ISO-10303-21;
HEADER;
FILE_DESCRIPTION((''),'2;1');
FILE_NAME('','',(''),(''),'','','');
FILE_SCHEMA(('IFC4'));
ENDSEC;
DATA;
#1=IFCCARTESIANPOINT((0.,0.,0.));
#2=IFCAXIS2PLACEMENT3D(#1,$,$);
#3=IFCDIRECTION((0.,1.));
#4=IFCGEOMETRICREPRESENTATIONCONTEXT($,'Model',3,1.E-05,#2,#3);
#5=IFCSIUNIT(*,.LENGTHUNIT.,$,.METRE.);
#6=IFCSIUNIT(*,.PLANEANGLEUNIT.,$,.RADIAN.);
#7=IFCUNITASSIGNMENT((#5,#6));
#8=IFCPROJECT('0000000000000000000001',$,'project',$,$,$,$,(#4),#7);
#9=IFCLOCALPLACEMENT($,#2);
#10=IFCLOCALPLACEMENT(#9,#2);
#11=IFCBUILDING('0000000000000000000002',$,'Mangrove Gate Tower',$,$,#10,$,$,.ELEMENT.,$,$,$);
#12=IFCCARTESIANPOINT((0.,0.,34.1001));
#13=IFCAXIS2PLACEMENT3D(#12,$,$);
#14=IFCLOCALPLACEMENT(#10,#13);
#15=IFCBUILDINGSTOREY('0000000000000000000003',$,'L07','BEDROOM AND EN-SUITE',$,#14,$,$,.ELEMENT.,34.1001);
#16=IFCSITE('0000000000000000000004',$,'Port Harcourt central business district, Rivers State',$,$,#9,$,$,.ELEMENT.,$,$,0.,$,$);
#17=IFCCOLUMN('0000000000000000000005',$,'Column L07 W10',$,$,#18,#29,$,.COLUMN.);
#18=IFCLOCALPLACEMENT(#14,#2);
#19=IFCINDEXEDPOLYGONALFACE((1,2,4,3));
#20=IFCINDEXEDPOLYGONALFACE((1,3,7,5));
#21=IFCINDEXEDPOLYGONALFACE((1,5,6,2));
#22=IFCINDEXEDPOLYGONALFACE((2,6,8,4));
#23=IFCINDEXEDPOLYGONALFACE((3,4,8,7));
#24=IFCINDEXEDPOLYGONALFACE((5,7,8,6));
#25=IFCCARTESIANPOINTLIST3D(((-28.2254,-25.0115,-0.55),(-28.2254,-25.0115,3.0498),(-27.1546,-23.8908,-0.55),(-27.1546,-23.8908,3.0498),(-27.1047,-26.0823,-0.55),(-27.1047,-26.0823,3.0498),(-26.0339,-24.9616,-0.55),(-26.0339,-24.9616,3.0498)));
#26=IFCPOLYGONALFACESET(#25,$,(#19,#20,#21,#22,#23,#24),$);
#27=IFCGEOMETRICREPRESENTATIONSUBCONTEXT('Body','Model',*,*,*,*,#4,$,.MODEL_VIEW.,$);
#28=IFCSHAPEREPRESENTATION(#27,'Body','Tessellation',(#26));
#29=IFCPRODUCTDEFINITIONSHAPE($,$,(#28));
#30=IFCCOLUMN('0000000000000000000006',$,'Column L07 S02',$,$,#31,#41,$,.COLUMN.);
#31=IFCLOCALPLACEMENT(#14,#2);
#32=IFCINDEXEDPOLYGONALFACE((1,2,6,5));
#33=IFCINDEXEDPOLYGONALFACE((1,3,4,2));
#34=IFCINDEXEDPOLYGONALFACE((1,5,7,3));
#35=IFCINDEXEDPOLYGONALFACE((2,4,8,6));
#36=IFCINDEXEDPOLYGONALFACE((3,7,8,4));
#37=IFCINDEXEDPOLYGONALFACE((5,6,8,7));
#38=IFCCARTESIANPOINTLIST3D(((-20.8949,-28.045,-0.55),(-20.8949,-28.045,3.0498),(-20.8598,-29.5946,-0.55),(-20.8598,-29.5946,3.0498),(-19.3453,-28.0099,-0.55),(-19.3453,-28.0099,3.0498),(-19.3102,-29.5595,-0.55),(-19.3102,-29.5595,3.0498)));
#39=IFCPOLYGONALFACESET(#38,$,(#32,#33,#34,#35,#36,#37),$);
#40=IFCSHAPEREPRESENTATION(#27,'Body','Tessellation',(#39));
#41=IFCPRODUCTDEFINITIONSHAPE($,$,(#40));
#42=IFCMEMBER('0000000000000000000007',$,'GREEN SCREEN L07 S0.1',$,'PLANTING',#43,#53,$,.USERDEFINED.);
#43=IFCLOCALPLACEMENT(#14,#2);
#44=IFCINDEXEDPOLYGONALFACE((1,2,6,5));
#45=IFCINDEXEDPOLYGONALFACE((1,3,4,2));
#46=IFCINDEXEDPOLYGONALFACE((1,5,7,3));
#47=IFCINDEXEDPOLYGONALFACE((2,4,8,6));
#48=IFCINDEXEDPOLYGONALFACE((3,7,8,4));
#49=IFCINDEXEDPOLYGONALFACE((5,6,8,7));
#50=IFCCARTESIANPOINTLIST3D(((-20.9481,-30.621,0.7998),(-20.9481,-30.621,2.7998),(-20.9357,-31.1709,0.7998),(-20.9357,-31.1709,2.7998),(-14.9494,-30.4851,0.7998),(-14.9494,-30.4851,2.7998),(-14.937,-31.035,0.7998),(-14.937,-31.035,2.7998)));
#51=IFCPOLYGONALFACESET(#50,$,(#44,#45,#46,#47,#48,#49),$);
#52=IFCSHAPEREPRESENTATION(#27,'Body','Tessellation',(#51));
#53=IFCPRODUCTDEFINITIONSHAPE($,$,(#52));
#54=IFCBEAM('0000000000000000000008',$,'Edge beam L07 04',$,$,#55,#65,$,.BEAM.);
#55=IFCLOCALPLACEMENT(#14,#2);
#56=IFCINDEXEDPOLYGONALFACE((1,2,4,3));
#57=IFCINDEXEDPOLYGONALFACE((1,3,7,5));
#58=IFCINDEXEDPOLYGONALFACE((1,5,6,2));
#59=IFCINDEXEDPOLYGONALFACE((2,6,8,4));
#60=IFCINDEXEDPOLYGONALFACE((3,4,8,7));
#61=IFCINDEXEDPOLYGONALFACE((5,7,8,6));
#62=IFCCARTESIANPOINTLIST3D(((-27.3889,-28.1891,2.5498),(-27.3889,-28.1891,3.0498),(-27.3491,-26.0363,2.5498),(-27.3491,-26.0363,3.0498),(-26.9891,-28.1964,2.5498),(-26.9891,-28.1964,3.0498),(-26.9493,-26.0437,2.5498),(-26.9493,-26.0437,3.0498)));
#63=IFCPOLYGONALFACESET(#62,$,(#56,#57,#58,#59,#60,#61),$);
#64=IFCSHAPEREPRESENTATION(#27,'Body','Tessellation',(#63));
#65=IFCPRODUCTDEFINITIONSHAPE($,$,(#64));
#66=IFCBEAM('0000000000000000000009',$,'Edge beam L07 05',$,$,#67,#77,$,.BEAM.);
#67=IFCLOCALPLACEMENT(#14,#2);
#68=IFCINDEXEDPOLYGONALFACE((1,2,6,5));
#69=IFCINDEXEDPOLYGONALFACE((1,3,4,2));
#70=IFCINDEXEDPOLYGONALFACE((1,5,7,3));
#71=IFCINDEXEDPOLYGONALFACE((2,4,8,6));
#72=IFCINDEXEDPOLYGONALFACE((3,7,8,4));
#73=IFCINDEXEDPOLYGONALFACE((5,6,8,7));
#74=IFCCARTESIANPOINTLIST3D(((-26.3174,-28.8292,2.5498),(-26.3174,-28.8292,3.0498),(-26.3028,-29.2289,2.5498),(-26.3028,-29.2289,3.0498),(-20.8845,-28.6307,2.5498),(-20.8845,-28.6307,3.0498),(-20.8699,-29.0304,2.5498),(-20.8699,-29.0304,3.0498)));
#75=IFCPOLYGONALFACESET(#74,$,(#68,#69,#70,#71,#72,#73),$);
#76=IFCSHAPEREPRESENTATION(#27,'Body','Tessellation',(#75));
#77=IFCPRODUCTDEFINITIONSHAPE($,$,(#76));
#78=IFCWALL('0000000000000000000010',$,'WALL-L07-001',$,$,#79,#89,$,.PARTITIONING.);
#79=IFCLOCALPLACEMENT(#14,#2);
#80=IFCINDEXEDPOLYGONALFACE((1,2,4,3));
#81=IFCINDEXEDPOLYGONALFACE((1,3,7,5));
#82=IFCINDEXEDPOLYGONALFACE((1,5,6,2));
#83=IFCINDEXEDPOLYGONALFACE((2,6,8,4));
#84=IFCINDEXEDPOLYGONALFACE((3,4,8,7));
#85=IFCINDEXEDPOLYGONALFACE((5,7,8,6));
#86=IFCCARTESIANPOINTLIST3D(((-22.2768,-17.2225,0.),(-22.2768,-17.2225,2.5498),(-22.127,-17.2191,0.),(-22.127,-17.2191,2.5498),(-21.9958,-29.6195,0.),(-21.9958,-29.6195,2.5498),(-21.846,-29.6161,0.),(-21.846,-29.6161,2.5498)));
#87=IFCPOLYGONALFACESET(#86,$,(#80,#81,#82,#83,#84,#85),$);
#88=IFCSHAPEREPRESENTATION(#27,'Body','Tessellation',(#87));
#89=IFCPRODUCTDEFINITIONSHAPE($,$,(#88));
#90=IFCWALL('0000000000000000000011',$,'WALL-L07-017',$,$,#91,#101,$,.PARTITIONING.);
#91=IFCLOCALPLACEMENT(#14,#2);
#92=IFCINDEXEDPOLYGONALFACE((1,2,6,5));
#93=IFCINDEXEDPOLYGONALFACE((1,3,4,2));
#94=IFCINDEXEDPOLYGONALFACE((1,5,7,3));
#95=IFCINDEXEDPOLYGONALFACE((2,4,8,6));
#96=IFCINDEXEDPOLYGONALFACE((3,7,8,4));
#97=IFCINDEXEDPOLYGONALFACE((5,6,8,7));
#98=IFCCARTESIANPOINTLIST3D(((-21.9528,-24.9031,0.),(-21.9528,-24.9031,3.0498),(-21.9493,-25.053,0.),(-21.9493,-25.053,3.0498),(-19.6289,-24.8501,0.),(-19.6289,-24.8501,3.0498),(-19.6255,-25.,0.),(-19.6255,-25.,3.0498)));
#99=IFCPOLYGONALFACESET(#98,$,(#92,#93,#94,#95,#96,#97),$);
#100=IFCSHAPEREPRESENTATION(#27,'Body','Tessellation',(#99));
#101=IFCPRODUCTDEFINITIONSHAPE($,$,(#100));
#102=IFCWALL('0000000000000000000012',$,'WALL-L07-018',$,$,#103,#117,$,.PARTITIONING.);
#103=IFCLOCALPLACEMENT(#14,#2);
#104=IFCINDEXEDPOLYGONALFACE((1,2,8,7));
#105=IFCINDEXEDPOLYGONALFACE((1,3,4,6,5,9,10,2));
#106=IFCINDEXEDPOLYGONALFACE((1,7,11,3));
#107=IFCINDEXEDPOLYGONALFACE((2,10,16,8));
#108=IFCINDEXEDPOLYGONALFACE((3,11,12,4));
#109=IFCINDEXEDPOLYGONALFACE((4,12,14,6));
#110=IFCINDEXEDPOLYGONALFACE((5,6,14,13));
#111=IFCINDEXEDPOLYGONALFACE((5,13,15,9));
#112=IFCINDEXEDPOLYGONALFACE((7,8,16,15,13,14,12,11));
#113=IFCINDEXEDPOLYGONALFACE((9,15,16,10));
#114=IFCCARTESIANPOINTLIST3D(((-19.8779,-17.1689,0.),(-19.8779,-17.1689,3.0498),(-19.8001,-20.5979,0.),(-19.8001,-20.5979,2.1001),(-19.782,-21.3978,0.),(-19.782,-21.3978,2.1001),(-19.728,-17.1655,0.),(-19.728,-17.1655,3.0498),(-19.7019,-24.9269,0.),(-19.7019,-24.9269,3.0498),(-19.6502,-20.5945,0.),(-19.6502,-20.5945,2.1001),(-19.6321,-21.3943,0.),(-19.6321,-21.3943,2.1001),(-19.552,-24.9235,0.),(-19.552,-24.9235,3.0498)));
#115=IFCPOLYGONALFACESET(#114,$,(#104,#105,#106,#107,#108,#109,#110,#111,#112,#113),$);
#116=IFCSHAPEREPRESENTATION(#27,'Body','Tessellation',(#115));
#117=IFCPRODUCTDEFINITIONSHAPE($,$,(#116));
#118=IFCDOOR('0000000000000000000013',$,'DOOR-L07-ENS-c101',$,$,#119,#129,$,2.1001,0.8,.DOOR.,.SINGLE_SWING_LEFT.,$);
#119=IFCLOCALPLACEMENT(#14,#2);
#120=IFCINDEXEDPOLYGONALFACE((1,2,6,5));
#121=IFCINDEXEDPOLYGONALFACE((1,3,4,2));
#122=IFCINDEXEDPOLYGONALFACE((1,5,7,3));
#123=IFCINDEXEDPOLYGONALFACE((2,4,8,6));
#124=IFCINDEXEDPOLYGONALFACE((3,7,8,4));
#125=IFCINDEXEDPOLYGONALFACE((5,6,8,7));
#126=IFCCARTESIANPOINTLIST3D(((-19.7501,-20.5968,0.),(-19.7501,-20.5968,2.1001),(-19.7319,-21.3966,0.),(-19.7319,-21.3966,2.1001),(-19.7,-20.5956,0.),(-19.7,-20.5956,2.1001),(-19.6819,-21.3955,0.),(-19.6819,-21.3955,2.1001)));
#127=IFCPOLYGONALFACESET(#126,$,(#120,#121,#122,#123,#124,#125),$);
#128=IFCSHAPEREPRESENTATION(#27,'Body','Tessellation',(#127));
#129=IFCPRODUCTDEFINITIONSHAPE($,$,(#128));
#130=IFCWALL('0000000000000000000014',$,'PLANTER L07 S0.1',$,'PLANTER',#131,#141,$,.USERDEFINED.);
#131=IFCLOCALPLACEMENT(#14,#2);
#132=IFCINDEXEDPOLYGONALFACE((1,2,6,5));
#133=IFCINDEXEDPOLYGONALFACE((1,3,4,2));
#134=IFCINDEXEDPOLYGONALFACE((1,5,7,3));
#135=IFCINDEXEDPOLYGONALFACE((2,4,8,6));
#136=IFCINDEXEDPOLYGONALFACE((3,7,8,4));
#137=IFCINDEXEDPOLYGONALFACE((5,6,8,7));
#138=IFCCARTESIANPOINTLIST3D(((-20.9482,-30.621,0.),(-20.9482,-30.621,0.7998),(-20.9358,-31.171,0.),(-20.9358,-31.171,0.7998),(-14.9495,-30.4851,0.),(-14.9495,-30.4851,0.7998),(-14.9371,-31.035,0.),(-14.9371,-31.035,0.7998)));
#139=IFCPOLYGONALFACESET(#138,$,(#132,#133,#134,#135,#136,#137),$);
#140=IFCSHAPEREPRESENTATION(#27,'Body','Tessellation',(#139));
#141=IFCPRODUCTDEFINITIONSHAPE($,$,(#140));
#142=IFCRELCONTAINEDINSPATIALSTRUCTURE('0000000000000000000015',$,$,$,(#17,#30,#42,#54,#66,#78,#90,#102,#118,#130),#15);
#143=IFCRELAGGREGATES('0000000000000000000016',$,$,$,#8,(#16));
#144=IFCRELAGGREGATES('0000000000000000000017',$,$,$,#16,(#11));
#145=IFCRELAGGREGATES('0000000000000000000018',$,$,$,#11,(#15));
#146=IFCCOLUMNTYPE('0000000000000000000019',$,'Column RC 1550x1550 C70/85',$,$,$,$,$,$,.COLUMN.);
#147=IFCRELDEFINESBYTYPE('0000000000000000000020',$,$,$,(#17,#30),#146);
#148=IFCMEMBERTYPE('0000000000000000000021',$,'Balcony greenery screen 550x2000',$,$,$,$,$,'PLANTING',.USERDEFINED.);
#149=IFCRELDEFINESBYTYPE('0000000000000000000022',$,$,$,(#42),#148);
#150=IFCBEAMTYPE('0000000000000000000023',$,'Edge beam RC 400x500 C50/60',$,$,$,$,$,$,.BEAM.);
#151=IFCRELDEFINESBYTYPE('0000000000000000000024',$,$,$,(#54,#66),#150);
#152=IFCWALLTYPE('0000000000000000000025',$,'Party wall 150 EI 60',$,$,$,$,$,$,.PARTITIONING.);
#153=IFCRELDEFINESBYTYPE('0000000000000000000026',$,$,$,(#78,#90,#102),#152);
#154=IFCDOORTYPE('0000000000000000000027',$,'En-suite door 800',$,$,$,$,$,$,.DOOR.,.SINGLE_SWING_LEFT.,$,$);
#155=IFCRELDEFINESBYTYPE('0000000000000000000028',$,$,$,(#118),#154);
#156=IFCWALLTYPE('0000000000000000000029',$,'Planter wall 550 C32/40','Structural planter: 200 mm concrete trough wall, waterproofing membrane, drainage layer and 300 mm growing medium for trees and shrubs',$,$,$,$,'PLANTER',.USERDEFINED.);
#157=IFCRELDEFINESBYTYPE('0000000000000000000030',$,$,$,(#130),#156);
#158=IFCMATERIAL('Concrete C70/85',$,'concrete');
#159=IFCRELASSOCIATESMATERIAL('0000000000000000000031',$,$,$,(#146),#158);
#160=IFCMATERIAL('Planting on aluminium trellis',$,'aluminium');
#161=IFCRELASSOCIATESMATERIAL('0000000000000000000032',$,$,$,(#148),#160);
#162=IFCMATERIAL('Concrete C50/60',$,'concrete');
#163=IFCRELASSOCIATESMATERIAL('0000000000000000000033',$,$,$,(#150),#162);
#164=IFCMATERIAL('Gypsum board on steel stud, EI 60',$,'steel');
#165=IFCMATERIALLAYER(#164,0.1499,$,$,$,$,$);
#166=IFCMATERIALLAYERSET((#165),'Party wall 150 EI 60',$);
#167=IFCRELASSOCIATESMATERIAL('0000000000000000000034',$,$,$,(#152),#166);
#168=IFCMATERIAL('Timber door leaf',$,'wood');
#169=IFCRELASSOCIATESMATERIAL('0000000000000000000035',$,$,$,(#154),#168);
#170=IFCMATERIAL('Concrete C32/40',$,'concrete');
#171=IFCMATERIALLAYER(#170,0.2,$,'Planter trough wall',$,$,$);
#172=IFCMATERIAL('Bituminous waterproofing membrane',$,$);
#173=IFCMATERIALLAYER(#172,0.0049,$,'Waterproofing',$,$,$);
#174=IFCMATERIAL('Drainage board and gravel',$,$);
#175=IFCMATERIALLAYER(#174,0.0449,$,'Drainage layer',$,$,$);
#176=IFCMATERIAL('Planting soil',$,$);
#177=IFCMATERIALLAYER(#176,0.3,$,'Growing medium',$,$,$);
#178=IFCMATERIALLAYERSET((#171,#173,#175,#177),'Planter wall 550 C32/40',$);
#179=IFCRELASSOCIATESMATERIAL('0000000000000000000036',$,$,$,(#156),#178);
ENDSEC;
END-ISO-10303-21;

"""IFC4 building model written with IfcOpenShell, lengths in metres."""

from ifc_helpers import new_model, si_unit, direction, frame, frame_2d, origin, origin_2d, place, context, subcontext, project, spatial, rectangle, extrude, material, layer, layer_set, material_profile, profile_set, type_object, element, fill, save


model = new_model("IFC4")

# Units and contexts
model_context = context("Model", 3, precision=1e-05, world=origin(), true_north=direction((0.0, 1.0)))
body_context = subcontext(model_context, "Body", "Model", "MODEL_VIEW")
ifc_project = project(units=[si_unit("LENGTHUNIT", "METRE"), si_unit("PLANEANGLEUNIT", "RADIAN")], contexts=[model_context])

# Site, building, storey
site_placement = place(None, origin())
site = spatial("IfcSite", under=ifc_project, at=site_placement, Name="Port Harcourt central business district, Rivers State", CompositionType="ELEMENT", RefElevation=0.0)
building_placement = place(site_placement, origin())
building = spatial("IfcBuilding", under=site, at=building_placement, Name="Mangrove Gate Tower", CompositionType="ELEMENT")
storey_placement = place(building_placement, frame((0.0, 0.0, 34.1001)))
storey = spatial("IfcBuildingStorey", under=building, at=storey_placement, Name="L07", Description="BEDROOM AND EN-SUITE", CompositionType="ELEMENT", Elevation=34.1001)

# Columns
ifc_material_1 = material(Name="Concrete C70/85", Category="concrete")
ifc_material_profile_1 = material_profile(ifc_material_1, rectangle(XDim=1.55, YDim=1.55, at=origin_2d()))
ifc_profile_set_1 = profile_set([ifc_material_profile_1], Name="Concrete C70/85")
column_type = type_object("IfcColumnType", Name="Column RC 1550x1550 C70/85", PredefinedType="COLUMN", material=ifc_profile_set_1)
for number, where, z_axis, x_axis, name in (
    (1, (-27.1296, -24.9866, -0.55), (0.0, 0.0, 1.0), (0.723004, -0.690844, 0.0), "Column L07 W10"),
    (2, (-20.1025, -28.8022, -0.55), (0.0, 0.0, 1.0), (0.999744, 0.022644, 0.0), "Column L07 S02"),
):
    element("IfcColumn", number, at=place(storey_placement, frame(where, z_axis=z_axis, x_axis=x_axis)), inside=storey, type_object=column_type, Name=name, PredefinedType="COLUMN", context=body_context, shape_type="SweptSolid", body=[
        extrude(rectangle(XDim=1.55, YDim=1.55, at=origin_2d()), origin(), (0.0, 0.0, 1.0), 3.5999),
    ])

# Member
ifc_material_2 = material(Name="Planting on aluminium trellis", Category="aluminium")
ifc_material_profile_2 = material_profile(ifc_material_2, rectangle(XDim=0.55, YDim=2.0, at=origin_2d()))
ifc_profile_set_2 = profile_set([ifc_material_profile_2], Name="Planting on aluminium trellis")
member_type = type_object("IfcMemberType", Name="Balcony greenery screen 550x2000", ElementType="PLANTING", PredefinedType="USERDEFINED", material=ifc_profile_set_2)
member_placement = place(storey_placement, frame((-20.9419, -30.896, 1.7998), z_axis=(0.999743, 0.022663, 0.0), x_axis=(-0.022663, 0.999743, 0.0)))
element("IfcMember", 3, at=member_placement, inside=storey, type_object=member_type, Name="GREEN SCREEN L07 S0.1", ObjectType="PLANTING", PredefinedType="USERDEFINED", context=body_context, shape_type="SweptSolid", body=[
    extrude(rectangle(XDim=0.55, YDim=2.0, at=origin_2d()), origin(), (0.0, 0.0, 1.0), 6.0002),
])

# Beams
ifc_material_3 = material(Name="Concrete C50/60", Category="concrete")
ifc_material_profile_3 = material_profile(ifc_material_3, rectangle(XDim=0.3999, YDim=0.5, at=origin_2d()))
ifc_profile_set_3 = profile_set([ifc_material_profile_3], Name="Concrete C50/60")
beam_type = type_object("IfcBeamType", Name="Edge beam RC 400x500 C50/60", PredefinedType="BEAM", material=ifc_profile_set_3)
beam_1_placement = place(storey_placement, frame((-27.1492, -26.04, 2.7998), z_axis=(-0.018484, -0.999829, 0.0), x_axis=(0.999829, -0.018484, 0.0)))
element("IfcBeam", 4, at=beam_1_placement, inside=storey, type_object=beam_type, Name="Edge beam L07 04", PredefinedType="BEAM", context=body_context, shape_type="SweptSolid", body=[
    extrude(rectangle(XDim=0.3999, YDim=0.5, at=origin_2d()), origin(), (0.0, 0.0, 1.0), 2.1531),
])
beam_2_placement = place(storey_placement, frame((-26.3101, -29.0291, 2.7998), z_axis=(0.999333, 0.03651, 0.0), x_axis=(-0.03651, 0.999333, 0.0)))
element("IfcBeam", 5, at=beam_2_placement, inside=storey, type_object=beam_type, Name="Edge beam L07 05", PredefinedType="BEAM", context=body_context, shape_type="SweptSolid", body=[
    extrude(rectangle(XDim=0.3999, YDim=0.5, at=origin_2d()), origin(), (0.0, 0.0, 1.0), 5.4365),
])

# Walls
ifc_material_4 = material(Name="Gypsum board on steel stud, EI 60", Category="steel")
ifc_layer_1 = layer(ifc_material_4, 0.1499)
ifc_layer_set_1 = layer_set([ifc_layer_1], Name="Party wall 150 EI 60")
wall_type_1 = type_object("IfcWallType", Name="Party wall 150 EI 60", PredefinedType="PARTITIONING", material=ifc_layer_set_1)
wall_1_placement = place(storey_placement, frame((-21.9209, -29.6179, 0.0), z_axis=(0.0, 0.0, 1.0), x_axis=(-0.022661, 0.999743, 0.0)))
element("IfcWall", 6, at=wall_1_placement, inside=storey, type_object=wall_type_1, Name="WALL-L07-001", PredefinedType="PARTITIONING", context=body_context, shape_type="SweptSolid", body=[
    extrude(rectangle(XDim=12.4001, YDim=0.1499, at=frame_2d((6.2002, 0.0))), origin(), (0.0, 0.0, 1.0), 2.5498),
])
wall_2_placement = place(storey_placement, frame((-21.9509, -24.978, 0.0), z_axis=(0.0, 0.0, 1.0), x_axis=(0.99974, 0.022791, 0.0)))
element("IfcWall", 7, at=wall_2_placement, inside=storey, type_object=wall_type_1, Name="WALL-L07-017", PredefinedType="PARTITIONING", context=body_context, shape_type="SweptSolid", body=[
    extrude(rectangle(XDim=2.3245, YDim=0.1499, at=frame_2d((1.1621, 0.0))), origin(), (0.0, 0.0, 1.0), 3.0498),
])

# Wall, opening, door
wall_3_placement = place(storey_placement, frame((-19.627, -24.925, 0.0), z_axis=(0.0, 0.0, 1.0), x_axis=(-0.022684, 0.999743, 0.0)))
wall_3 = element("IfcWall", 8, at=wall_3_placement, inside=storey, type_object=wall_type_1, Name="WALL-L07-018", PredefinedType="PARTITIONING", context=body_context, shape_type="SweptSolid", body=[
    extrude(rectangle(XDim=7.76, YDim=0.1499, at=frame_2d((3.8799, 0.0))), origin(), (0.0, 0.0, 1.0), 3.0498),
])
opening_placement = place(wall_3_placement, frame((3.53, 0.0, 0.0)))
opening = element("IfcOpeningElement", 9, at=opening_placement, cuts=wall_3, PredefinedType="OPENING", context=body_context, shape_type="SweptSolid", body=[
    extrude(rectangle(XDim=0.8, YDim=2.1001, at=frame_2d((0.3999, 1.05))), frame((0.0, 0.085, 0.0), z_axis=(0.0, -1.0, 0.0), x_axis=(1.0, 0.0, 0.0)), (0.0, 0.0, 1.0), 0.1699),
])
ifc_material_5 = material(Name="Timber door leaf", Category="wood")
door_type = type_object("IfcDoorType", Name="En-suite door 800", OperationType="SINGLE_SWING_LEFT", PredefinedType="DOOR", material=ifc_material_5)
door_placement = place(opening_placement, origin())
door = element("IfcDoor", 10, at=door_placement, inside=storey, type_object=door_type, Name="DOOR-L07-ENS-c101", OperationType="SINGLE_SWING_LEFT", OverallHeight=2.1001, OverallWidth=0.8, PredefinedType="DOOR", context=body_context, shape_type="SweptSolid", body=[
    extrude(rectangle(XDim=0.8, YDim=2.1001, at=frame_2d((0.3999, 1.05))), frame((0.0, 0.0249, 0.0), z_axis=(0.0, -1.0, 0.0), x_axis=(1.0, 0.0, 0.0)), (0.0, 0.0, 1.0), 0.05),
])
fill(opening, door)

# Wall
ifc_material_6 = material(Name="Concrete C32/40", Category="concrete")
ifc_layer_2 = layer(ifc_material_6, 0.2, Name="Planter trough wall")
ifc_material_7 = material(Name="Bituminous waterproofing membrane")
ifc_layer_3 = layer(ifc_material_7, 0.0049, Name="Waterproofing")
ifc_material_8 = material(Name="Drainage board and gravel")
ifc_layer_4 = layer(ifc_material_8, 0.0449, Name="Drainage layer")
ifc_material_9 = material(Name="Planting soil")
ifc_layer_5 = layer(ifc_material_9, 0.3, Name="Growing medium")
ifc_layer_set_2 = layer_set([ifc_layer_2, ifc_layer_3, ifc_layer_4, ifc_layer_5], Name="Planter wall 550 C32/40")
wall_type_2 = type_object("IfcWallType", Name="Planter wall 550 C32/40", Description="Structural planter: 200 mm concrete trough wall, waterproofing membrane, drainage layer and 300 mm growing medium for trees and shrubs", ElementType="PLANTER", PredefinedType="USERDEFINED", material=ifc_layer_set_2)
wall_4_placement = place(storey_placement, frame((-20.9419, -30.896, 0.0), z_axis=(0.0, 0.0, 1.0), x_axis=(0.999743, 0.022663, 0.0)))
element("IfcWall", 11, at=wall_4_placement, inside=storey, type_object=wall_type_2, Name="PLANTER L07 S0.1", ObjectType="PLANTER", PredefinedType="USERDEFINED", context=body_context, shape_type="SweptSolid", body=[
    extrude(rectangle(XDim=6.0002, YDim=0.55, at=frame_2d((3.0, 0.0))), origin(), (0.0, 0.0, 1.0), 0.7998),
])

save(model, "model.ifc")
